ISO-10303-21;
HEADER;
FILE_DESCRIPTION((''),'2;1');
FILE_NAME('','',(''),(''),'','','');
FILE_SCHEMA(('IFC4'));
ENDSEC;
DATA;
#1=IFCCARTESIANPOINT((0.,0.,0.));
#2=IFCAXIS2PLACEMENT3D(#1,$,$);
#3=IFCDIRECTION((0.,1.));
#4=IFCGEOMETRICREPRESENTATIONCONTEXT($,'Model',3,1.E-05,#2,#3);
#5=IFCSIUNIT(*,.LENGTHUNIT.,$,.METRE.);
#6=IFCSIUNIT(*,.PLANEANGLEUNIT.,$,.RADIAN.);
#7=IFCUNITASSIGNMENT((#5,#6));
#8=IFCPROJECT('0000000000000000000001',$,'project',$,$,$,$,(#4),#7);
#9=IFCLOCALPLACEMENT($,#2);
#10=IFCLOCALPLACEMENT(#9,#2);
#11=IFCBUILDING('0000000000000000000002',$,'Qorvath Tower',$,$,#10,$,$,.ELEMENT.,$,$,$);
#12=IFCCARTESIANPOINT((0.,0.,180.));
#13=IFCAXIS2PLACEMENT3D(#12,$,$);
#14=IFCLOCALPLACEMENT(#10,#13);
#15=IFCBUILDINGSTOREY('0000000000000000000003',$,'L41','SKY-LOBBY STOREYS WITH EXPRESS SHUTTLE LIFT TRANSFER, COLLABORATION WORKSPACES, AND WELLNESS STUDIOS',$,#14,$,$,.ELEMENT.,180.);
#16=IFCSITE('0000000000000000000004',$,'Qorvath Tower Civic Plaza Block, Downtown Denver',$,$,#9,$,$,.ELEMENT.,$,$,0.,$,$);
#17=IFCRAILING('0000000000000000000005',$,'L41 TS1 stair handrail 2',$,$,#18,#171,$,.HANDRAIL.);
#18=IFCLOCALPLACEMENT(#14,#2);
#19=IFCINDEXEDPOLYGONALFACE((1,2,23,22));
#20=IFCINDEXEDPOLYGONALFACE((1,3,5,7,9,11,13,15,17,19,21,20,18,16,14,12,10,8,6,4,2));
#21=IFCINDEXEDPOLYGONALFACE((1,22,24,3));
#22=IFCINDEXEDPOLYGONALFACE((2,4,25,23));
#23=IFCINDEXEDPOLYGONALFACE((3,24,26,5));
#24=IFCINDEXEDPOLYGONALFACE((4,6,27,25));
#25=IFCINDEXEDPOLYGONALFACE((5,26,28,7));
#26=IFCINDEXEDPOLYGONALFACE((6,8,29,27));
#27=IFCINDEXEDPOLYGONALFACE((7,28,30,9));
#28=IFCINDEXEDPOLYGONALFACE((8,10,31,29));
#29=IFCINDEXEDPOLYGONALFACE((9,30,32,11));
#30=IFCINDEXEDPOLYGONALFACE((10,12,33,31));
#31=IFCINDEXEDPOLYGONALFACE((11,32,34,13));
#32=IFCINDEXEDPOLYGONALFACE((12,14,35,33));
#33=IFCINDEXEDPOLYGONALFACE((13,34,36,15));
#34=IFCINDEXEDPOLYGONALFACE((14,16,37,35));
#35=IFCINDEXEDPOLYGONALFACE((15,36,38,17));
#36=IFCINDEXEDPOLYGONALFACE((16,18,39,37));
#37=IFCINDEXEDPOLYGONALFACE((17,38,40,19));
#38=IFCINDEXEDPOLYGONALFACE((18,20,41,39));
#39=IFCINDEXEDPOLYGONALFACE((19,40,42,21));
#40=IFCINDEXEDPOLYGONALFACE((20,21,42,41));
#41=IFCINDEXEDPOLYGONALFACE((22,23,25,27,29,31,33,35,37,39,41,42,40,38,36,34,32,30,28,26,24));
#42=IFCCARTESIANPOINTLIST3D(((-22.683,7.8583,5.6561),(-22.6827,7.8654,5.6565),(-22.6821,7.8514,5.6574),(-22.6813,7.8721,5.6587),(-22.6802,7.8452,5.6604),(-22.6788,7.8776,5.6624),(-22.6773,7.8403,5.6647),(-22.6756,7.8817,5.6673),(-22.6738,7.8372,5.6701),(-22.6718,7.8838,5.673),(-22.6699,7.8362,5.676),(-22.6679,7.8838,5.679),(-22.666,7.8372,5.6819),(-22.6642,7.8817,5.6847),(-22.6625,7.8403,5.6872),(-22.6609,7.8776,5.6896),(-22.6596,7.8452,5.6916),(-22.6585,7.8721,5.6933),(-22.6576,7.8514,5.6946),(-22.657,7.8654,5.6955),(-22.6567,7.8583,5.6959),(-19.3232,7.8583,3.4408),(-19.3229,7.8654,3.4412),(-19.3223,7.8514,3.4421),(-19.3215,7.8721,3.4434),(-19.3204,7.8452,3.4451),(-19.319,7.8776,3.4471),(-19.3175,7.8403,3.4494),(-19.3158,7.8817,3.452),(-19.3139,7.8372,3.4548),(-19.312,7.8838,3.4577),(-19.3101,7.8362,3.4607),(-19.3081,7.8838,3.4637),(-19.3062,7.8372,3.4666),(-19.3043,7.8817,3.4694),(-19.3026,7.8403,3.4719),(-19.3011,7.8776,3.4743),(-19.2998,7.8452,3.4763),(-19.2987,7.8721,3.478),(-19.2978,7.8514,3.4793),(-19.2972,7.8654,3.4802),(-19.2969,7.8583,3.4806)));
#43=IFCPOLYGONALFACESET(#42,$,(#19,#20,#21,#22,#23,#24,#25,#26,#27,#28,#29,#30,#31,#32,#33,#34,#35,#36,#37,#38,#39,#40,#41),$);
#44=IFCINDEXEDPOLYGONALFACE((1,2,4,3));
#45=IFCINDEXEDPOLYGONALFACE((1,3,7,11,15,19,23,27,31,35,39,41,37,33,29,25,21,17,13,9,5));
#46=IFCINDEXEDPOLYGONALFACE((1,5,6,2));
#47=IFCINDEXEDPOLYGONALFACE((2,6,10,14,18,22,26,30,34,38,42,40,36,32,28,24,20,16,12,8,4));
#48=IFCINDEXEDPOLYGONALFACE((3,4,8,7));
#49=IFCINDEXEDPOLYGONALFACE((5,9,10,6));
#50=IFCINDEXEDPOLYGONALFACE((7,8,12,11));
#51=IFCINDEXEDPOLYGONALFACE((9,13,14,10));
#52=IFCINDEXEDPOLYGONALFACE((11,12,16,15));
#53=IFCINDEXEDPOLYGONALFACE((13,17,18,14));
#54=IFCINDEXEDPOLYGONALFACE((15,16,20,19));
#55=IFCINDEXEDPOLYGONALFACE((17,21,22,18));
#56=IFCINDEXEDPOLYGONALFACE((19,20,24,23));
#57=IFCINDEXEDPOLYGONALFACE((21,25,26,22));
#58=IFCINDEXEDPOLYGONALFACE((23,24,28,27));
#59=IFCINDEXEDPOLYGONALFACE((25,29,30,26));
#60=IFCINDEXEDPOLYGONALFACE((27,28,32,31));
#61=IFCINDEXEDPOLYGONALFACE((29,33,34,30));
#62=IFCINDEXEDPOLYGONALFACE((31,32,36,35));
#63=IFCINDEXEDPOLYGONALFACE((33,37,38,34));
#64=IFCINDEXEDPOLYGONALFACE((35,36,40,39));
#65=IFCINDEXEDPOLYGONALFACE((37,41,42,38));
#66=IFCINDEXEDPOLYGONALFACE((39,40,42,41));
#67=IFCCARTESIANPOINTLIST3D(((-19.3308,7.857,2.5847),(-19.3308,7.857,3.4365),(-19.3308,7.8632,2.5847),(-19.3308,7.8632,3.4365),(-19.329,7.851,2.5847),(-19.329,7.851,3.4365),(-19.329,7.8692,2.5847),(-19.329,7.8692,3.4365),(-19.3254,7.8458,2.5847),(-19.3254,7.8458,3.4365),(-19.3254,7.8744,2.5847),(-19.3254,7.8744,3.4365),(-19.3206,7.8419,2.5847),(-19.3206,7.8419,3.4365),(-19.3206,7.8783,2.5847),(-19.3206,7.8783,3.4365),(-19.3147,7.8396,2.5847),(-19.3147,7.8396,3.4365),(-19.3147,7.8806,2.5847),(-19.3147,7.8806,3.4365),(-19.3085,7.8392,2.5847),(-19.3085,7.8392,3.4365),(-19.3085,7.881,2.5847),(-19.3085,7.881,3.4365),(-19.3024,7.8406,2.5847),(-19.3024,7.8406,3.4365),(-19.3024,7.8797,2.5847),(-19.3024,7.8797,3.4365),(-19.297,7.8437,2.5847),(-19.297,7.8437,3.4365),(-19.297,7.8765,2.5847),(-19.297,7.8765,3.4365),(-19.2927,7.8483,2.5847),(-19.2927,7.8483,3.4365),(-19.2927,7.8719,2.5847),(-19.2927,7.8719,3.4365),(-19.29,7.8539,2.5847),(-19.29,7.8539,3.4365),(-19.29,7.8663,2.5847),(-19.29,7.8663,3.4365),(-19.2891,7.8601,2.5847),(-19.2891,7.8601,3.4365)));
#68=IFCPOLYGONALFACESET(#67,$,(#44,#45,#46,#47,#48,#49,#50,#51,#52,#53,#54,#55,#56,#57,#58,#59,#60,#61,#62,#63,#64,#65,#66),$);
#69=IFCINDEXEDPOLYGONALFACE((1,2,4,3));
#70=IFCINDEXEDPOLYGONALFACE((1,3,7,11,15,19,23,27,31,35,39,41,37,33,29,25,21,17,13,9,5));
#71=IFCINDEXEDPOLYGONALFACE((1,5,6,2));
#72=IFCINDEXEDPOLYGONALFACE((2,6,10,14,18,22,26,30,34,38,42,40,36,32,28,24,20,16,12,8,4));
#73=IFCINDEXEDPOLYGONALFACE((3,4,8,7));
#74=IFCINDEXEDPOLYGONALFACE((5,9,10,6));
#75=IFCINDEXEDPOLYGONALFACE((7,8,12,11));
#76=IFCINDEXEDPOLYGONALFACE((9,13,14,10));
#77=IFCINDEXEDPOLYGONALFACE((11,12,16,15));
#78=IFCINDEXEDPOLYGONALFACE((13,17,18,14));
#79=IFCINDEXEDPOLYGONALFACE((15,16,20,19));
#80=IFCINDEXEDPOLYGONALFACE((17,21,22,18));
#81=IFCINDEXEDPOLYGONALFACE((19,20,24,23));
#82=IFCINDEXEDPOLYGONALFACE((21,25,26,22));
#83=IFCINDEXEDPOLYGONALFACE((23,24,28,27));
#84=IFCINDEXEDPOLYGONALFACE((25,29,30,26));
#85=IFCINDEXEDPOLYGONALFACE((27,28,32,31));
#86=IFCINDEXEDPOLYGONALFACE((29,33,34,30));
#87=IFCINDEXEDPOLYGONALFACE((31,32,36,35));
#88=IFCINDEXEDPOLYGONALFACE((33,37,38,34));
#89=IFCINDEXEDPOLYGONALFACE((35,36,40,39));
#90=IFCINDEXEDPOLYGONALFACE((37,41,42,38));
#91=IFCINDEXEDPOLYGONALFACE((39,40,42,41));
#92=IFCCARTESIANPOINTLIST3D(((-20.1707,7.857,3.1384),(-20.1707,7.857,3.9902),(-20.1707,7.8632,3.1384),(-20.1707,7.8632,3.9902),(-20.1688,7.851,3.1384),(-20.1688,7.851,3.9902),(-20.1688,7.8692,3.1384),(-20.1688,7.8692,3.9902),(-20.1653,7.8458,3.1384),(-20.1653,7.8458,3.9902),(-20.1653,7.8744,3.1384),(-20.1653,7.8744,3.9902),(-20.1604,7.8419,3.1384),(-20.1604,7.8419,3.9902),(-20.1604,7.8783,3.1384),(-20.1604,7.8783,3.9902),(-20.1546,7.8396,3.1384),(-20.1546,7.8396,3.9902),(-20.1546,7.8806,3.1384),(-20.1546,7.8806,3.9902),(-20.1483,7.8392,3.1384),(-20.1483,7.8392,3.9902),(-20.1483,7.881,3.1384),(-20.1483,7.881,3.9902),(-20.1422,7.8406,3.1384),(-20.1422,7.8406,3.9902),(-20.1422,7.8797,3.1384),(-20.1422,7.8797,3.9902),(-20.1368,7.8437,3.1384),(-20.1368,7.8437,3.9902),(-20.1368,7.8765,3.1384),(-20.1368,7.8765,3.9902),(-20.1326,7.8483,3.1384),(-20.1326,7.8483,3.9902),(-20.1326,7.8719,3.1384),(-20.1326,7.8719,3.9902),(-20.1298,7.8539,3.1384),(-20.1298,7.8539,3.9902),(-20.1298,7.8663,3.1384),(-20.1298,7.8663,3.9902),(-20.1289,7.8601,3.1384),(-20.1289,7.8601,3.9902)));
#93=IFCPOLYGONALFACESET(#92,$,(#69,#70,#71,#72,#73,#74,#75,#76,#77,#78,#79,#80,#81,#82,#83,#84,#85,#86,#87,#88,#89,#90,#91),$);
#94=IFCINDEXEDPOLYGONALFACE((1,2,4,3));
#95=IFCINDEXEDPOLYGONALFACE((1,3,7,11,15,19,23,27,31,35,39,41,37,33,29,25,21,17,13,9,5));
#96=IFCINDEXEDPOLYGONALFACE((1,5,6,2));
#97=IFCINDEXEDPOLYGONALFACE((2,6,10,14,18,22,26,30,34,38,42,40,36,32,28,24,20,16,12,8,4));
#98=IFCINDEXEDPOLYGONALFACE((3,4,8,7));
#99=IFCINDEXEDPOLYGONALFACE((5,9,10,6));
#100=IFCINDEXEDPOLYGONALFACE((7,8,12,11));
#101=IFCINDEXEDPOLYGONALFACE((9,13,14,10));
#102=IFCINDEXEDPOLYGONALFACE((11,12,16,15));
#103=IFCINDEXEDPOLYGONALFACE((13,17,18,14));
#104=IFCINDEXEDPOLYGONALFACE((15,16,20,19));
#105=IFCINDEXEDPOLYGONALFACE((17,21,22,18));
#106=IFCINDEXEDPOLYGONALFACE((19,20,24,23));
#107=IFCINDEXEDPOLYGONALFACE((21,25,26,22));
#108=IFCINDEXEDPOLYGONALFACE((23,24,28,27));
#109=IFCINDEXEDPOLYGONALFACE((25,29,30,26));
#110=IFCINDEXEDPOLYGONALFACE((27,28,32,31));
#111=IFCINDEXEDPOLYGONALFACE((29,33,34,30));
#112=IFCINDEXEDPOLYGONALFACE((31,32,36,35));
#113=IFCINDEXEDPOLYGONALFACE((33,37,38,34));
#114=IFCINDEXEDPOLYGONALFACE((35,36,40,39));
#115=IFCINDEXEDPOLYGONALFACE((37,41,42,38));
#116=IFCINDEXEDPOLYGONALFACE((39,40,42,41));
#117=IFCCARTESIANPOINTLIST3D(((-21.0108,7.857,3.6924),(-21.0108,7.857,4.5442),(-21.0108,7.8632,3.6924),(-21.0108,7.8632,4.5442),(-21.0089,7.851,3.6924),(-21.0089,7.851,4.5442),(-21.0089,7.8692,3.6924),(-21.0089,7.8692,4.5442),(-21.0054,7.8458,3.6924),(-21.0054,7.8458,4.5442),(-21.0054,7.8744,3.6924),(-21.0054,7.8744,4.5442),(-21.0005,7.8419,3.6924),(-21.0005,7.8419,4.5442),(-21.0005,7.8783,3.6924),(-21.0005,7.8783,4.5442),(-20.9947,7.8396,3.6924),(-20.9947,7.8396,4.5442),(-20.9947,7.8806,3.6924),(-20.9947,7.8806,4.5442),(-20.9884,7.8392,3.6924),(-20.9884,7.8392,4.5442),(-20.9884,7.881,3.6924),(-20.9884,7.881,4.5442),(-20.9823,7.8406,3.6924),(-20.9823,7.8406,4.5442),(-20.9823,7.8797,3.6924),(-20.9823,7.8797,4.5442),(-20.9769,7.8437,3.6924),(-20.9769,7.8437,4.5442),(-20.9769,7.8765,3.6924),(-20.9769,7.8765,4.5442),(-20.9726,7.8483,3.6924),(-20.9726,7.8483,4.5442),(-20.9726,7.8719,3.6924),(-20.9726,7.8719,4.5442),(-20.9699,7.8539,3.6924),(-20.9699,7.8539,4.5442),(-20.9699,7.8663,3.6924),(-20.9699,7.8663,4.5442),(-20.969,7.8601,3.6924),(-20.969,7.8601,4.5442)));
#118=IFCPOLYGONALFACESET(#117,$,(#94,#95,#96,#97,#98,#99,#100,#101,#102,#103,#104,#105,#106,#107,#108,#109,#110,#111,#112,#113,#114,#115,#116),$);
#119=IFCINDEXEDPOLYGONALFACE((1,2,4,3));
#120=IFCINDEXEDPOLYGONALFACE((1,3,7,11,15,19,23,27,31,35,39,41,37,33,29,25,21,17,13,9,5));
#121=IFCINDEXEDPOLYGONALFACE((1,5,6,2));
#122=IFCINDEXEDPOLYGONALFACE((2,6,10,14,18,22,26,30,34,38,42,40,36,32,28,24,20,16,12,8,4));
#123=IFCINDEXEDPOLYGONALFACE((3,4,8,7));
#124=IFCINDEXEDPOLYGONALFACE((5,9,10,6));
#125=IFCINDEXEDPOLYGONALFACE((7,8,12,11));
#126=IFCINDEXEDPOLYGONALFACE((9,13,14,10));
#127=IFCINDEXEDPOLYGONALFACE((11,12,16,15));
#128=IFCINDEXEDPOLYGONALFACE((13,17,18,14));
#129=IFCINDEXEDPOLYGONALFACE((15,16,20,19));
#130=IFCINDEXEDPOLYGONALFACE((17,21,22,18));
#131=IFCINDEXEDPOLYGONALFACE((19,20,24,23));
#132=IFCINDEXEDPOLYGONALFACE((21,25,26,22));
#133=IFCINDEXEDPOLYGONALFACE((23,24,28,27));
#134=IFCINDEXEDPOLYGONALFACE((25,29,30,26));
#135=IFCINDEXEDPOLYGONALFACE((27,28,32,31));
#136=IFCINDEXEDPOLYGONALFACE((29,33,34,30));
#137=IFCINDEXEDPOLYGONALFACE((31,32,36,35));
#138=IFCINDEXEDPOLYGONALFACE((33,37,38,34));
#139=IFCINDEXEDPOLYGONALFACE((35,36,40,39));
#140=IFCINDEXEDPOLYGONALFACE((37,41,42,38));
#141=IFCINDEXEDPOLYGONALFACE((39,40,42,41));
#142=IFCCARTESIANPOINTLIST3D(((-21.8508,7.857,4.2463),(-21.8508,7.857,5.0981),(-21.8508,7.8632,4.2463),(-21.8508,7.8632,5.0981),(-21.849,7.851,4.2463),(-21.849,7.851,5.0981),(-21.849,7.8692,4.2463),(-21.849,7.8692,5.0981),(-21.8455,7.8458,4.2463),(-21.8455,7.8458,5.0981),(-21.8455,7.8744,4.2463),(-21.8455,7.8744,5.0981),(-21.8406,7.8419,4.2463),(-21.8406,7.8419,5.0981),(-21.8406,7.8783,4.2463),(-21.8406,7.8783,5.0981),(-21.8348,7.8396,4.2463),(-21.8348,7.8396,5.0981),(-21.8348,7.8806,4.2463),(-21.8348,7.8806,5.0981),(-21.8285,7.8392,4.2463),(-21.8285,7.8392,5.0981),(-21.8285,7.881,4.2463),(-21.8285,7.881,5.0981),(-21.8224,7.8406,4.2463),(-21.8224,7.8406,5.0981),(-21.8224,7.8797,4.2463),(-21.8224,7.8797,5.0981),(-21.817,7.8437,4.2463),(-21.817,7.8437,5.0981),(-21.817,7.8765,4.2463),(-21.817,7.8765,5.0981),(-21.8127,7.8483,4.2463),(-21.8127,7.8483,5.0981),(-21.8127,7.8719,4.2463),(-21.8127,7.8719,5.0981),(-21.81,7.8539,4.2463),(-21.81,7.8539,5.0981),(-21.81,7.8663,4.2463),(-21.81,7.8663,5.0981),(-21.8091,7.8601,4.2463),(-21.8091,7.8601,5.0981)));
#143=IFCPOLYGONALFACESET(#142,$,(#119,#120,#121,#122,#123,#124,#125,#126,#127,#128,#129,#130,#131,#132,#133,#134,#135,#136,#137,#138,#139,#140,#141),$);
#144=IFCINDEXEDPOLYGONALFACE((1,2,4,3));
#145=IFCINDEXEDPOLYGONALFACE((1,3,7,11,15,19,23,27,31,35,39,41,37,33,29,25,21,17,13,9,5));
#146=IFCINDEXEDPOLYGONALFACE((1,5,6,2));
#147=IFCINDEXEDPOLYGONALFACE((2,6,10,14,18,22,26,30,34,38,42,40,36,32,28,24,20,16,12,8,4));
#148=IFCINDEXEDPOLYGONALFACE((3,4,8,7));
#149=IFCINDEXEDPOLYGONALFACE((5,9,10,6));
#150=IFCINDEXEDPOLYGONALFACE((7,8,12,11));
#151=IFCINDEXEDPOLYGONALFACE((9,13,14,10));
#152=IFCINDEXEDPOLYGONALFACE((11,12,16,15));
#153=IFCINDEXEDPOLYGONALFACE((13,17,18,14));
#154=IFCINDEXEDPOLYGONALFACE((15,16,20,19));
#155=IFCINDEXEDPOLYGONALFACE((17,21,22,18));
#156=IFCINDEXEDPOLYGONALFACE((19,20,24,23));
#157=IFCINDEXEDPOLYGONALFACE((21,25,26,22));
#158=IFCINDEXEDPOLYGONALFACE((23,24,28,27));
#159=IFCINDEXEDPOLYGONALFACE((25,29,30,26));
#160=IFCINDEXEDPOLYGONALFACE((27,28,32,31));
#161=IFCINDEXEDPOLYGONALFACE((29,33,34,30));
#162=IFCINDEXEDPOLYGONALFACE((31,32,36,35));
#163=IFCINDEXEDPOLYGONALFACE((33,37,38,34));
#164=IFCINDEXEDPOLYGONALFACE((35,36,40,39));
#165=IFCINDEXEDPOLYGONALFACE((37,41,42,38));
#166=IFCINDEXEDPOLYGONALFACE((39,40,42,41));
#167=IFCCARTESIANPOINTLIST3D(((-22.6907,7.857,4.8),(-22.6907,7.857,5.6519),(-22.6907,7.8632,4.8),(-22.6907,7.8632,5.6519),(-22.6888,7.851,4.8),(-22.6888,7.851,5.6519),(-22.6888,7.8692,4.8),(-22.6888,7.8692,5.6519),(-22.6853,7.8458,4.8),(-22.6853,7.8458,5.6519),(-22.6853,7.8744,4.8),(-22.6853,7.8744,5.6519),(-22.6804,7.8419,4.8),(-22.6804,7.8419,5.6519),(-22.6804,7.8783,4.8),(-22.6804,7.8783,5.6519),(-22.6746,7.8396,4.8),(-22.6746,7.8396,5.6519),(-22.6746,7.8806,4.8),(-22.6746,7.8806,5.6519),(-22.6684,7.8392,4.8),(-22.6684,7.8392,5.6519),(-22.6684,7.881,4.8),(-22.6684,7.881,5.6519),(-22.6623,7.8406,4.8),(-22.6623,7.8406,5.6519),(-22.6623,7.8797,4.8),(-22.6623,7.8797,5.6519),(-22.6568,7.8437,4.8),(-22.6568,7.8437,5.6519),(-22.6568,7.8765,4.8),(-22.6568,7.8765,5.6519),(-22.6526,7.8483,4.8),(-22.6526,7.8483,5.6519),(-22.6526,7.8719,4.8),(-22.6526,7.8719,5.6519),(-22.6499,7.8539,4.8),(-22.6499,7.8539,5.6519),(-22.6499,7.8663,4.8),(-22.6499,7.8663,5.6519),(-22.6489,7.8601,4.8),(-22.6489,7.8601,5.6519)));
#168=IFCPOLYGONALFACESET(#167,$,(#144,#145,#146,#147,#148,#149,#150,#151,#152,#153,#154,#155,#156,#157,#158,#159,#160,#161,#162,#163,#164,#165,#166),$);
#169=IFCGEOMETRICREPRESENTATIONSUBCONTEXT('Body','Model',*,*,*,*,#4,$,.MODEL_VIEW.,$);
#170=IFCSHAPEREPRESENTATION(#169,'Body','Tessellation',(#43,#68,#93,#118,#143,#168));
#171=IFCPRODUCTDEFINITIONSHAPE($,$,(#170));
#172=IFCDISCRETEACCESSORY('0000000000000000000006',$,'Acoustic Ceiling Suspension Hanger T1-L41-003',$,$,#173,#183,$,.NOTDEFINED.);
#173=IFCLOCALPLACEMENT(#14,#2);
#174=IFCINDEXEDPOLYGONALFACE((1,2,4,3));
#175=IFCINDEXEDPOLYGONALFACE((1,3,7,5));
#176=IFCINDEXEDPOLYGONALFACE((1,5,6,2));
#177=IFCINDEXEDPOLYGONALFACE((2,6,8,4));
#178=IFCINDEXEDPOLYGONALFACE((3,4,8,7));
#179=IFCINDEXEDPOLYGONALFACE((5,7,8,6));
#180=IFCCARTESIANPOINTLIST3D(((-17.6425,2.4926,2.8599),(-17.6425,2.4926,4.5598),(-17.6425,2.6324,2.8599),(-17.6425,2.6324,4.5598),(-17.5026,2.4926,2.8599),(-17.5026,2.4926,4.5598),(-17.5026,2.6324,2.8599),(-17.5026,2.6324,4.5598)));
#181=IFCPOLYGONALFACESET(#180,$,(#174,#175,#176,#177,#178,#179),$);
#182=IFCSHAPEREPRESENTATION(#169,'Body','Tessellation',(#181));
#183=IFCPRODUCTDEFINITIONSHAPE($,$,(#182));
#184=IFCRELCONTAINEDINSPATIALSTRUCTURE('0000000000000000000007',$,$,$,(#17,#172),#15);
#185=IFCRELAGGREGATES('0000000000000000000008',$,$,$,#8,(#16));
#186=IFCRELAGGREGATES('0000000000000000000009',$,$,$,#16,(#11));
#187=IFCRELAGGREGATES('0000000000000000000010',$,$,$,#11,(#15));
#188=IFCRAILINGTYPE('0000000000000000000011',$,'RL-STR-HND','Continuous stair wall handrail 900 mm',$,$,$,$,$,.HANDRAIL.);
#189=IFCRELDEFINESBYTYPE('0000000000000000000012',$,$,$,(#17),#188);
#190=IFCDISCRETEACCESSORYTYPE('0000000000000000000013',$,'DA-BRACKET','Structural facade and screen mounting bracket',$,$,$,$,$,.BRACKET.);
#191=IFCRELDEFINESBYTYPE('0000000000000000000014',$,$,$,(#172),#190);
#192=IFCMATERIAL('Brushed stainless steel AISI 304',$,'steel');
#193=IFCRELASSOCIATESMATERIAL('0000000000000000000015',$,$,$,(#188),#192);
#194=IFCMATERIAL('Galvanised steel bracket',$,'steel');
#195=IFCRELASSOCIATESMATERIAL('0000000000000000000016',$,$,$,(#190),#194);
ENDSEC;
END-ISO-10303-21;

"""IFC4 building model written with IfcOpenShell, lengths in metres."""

from ifc_helpers import new_model, si_unit, direction, frame, origin, origin_2d, place, context, subcontext, project, spatial, rectangle, circle, extrude, material, type_object, element, save


model = new_model("IFC4")

# Units and contexts
model_context = context("Model", 3, precision=1e-05, world=origin(), true_north=direction((0.0, 1.0)))
body_context = subcontext(model_context, "Body", "Model", "MODEL_VIEW")
ifc_project = project(units=[si_unit("LENGTHUNIT", "METRE"), si_unit("PLANEANGLEUNIT", "RADIAN")], contexts=[model_context])

# Site, building, storey
site_placement = place(None, origin())
site = spatial("IfcSite", under=ifc_project, at=site_placement, Name="Qorvath Tower Civic Plaza Block, Downtown Denver", CompositionType="ELEMENT", RefElevation=0.0)
building_placement = place(site_placement, origin())
building = spatial("IfcBuilding", under=site, at=building_placement, Name="Qorvath Tower", CompositionType="ELEMENT")
storey_placement = place(building_placement, frame((0.0, 0.0, 180.0)))
storey = spatial("IfcBuildingStorey", under=building, at=storey_placement, Name="L41", Description="SKY-LOBBY STOREYS WITH EXPRESS SHUTTLE LIFT TRANSFER, COLLABORATION WORKSPACES, AND WELLNESS STUDIOS", CompositionType="ELEMENT", Elevation=180.0)

# Railing
ifc_material_1 = material(Name="Brushed stainless steel AISI 304", Category="steel")
railing_type_1 = type_object("IfcRailingType", Name="RL-STR-HND", Description="Continuous stair wall handrail 900 mm", PredefinedType="HANDRAIL", material=ifc_material_1)
railing_1_placement = place(storey_placement, frame((-19.3101, 7.8601, 2.5847)))
element("IfcRailing", 1, at=railing_1_placement, inside=storey, type_object=railing_type_1, Name="L41 TS1 stair handrail 2", PredefinedType="HANDRAIL", context=body_context, shape_type="SweptSolid", body=[
    extrude(circle(Radius=0.0239, at=origin_2d()), frame((0.0, 0.0, 0.876), z_axis=(-0.834858, 0.0, 0.550465), x_axis=(0.0, -1.0, 0.0)), (0.0, 0.0, 1.0), 4.0244),
    extrude(circle(Radius=0.021, at=origin_2d()), origin(), (0.0, 0.0, 1.0), 0.8518),
    extrude(circle(Radius=0.021, at=origin_2d()), frame((-0.8398, 0.0, 0.5537)), (0.0, 0.0, 1.0), 0.8518),
    extrude(circle(Radius=0.021, at=origin_2d()), frame((-1.6799, 0.0, 1.1077)), (0.0, 0.0, 1.0), 0.8518),
    extrude(circle(Radius=0.021, at=origin_2d()), frame((-2.52, 0.0, 1.6616)), (0.0, 0.0, 1.0), 0.8518),
    extrude(circle(Radius=0.021, at=origin_2d()), frame((-3.3599, 0.0, 2.2153)), (0.0, 0.0, 1.0), 0.8518),
])

# Discrete accessory
ifc_material_2 = material(Name="Galvanised steel bracket", Category="steel")
discrete_accessory_type = type_object("IfcDiscreteAccessoryType", Name="DA-BRACKET", Description="Structural facade and screen mounting bracket", PredefinedType="BRACKET", material=ifc_material_2)
discrete_accessory_placement = place(storey_placement, frame((-17.5725, 2.5625, 2.8599), z_axis=(0.0, 0.0, 1.0), x_axis=(1.0, 0.0, 0.0)))
element("IfcDiscreteAccessory", 2, at=discrete_accessory_placement, inside=storey, type_object=discrete_accessory_type, Name="Acoustic Ceiling Suspension Hanger T1-L41-003", PredefinedType="NOTDEFINED", context=body_context, shape_type="SweptSolid", body=[
    extrude(rectangle(XDim=0.1399, YDim=0.1399, at=origin_2d()), origin(), (0.0, 0.0, 1.0), 1.7),
])

save(model, "model.ifc")
